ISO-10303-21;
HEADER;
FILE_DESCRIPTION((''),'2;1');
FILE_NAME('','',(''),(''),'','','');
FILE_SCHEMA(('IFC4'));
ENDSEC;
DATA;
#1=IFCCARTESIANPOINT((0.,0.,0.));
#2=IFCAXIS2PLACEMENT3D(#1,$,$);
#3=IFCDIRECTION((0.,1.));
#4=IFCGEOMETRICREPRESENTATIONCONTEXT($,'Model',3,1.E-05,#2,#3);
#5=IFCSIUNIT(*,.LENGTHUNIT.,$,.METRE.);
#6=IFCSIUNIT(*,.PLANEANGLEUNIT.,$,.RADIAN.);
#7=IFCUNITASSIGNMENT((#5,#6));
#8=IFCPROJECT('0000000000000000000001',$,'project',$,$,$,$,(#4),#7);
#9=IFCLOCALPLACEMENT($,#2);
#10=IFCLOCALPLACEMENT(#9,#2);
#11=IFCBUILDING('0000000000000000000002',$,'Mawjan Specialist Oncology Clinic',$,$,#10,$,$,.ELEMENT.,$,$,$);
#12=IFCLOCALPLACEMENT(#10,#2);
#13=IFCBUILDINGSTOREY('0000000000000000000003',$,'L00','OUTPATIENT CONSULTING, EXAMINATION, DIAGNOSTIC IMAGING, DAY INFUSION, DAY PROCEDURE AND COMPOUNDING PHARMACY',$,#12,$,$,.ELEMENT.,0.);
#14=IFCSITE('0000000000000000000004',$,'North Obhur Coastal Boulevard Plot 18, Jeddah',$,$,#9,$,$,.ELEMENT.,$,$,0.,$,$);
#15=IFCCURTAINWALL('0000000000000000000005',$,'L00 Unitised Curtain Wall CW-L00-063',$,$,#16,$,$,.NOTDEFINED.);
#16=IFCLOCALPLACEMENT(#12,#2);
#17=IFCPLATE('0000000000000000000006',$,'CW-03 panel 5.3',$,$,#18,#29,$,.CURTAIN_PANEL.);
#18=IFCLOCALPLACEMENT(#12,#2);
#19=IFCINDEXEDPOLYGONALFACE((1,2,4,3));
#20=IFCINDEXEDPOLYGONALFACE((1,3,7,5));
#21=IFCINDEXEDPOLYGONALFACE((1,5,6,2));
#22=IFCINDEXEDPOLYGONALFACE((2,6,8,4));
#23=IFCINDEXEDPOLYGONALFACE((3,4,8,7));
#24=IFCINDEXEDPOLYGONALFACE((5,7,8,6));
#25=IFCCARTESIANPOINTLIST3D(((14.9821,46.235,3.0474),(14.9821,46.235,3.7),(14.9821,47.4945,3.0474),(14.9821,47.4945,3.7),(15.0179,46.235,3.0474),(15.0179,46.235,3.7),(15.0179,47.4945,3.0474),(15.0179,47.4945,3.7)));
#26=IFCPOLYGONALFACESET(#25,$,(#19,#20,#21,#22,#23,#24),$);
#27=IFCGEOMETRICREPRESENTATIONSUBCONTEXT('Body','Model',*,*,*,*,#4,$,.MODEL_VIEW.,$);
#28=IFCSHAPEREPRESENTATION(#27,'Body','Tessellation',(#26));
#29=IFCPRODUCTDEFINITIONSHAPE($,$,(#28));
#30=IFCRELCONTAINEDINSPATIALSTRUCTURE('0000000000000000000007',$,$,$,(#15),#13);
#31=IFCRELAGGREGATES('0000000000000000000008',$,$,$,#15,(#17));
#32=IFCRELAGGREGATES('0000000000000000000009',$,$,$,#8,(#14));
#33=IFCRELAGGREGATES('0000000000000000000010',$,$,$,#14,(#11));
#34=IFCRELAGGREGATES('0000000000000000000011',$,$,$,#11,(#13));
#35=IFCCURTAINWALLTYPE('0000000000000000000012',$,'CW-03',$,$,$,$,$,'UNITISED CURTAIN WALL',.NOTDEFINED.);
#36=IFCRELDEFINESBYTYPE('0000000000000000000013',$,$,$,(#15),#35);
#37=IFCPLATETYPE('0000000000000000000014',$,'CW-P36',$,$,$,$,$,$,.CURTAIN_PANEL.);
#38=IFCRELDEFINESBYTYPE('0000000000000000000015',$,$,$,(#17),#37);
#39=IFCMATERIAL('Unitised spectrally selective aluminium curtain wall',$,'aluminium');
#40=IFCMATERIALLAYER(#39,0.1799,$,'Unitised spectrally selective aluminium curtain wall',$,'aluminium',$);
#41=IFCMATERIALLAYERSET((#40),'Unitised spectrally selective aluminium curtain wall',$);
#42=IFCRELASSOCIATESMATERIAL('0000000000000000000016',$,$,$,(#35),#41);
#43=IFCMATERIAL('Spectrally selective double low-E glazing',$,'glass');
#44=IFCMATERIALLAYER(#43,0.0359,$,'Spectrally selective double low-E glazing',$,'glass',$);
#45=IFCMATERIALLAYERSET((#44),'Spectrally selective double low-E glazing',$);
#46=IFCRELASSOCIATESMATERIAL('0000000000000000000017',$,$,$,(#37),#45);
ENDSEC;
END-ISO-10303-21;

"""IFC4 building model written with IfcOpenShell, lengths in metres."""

from ifc_helpers import new_model, si_unit, direction, frame, origin, origin_2d, place, context, subcontext, project, spatial, rectangle, extrude, material, layer, layer_set, type_object, element, aggregate, save


model = new_model("IFC4")

# Units and contexts
model_context = context("Model", 3, precision=1e-05, world=origin(), true_north=direction((0.0, 1.0)))
body_context = subcontext(model_context, "Body", "Model", "MODEL_VIEW")
ifc_project = project(units=[si_unit("LENGTHUNIT", "METRE"), si_unit("PLANEANGLEUNIT", "RADIAN")], contexts=[model_context])

# Site, building, storey
site_placement = place(None, origin())
site = spatial("IfcSite", under=ifc_project, at=site_placement, Name="North Obhur Coastal Boulevard Plot 18, Jeddah", CompositionType="ELEMENT", RefElevation=0.0)
building_placement = place(site_placement, origin())
building = spatial("IfcBuilding", under=site, at=building_placement, Name="Mawjan Specialist Oncology Clinic", CompositionType="ELEMENT")
storey_placement = place(building_placement, origin())
storey = spatial("IfcBuildingStorey", under=building, at=storey_placement, Name="L00", Description="OUTPATIENT CONSULTING, EXAMINATION, DIAGNOSTIC IMAGING, DAY INFUSION, DAY PROCEDURE AND COMPOUNDING PHARMACY", CompositionType="ELEMENT", Elevation=0.0)

# Curtain wall, plate
ifc_material_1 = material(Name="Unitised spectrally selective aluminium curtain wall", Category="aluminium")
ifc_layer_1 = layer(ifc_material_1, 0.1799, Name="Unitised spectrally selective aluminium curtain wall", Category="aluminium")
ifc_layer_set_1 = layer_set([ifc_layer_1], Name="Unitised spectrally selective aluminium curtain wall")
curtain_wall_type = type_object("IfcCurtainWallType", Name="CW-03", ElementType="UNITISED CURTAIN WALL", PredefinedType="NOTDEFINED", material=ifc_layer_set_1)
curtain_wall_placement = place(storey_placement, origin())
curtain_wall = element("IfcCurtainWall", 1, at=curtain_wall_placement, inside=storey, type_object=curtain_wall_type, Name="L00 Unitised Curtain Wall CW-L00-063", PredefinedType="NOTDEFINED")
ifc_material_2 = material(Name="Spectrally selective double low-E glazing", Category="glass")
ifc_layer_2 = layer(ifc_material_2, 0.0359, Name="Spectrally selective double low-E glazing", Category="glass")
ifc_layer_set_2 = layer_set([ifc_layer_2], Name="Spectrally selective double low-E glazing")
plate_type = type_object("IfcPlateType", Name="CW-P36", PredefinedType="CURTAIN_PANEL", material=ifc_layer_set_2)
plate_1_placement = place(storey_placement, frame((15.0, 46.8647, 3.0474), z_axis=(0.0, 0.0, 1.0), x_axis=(0.0, -1.0, 0.0)))
plate_1 = element("IfcPlate", 2, at=plate_1_placement, type_object=plate_type, Name="CW-03 panel 5.3", PredefinedType="CURTAIN_PANEL", context=body_context, shape_type="SweptSolid", body=[
    extrude(rectangle(XDim=1.2595, YDim=0.0359, at=origin_2d()), origin(), (0.0, 0.0, 1.0), 0.6526),
])
aggregate(curtain_wall, [plate_1])

save(model, "model.ifc")
